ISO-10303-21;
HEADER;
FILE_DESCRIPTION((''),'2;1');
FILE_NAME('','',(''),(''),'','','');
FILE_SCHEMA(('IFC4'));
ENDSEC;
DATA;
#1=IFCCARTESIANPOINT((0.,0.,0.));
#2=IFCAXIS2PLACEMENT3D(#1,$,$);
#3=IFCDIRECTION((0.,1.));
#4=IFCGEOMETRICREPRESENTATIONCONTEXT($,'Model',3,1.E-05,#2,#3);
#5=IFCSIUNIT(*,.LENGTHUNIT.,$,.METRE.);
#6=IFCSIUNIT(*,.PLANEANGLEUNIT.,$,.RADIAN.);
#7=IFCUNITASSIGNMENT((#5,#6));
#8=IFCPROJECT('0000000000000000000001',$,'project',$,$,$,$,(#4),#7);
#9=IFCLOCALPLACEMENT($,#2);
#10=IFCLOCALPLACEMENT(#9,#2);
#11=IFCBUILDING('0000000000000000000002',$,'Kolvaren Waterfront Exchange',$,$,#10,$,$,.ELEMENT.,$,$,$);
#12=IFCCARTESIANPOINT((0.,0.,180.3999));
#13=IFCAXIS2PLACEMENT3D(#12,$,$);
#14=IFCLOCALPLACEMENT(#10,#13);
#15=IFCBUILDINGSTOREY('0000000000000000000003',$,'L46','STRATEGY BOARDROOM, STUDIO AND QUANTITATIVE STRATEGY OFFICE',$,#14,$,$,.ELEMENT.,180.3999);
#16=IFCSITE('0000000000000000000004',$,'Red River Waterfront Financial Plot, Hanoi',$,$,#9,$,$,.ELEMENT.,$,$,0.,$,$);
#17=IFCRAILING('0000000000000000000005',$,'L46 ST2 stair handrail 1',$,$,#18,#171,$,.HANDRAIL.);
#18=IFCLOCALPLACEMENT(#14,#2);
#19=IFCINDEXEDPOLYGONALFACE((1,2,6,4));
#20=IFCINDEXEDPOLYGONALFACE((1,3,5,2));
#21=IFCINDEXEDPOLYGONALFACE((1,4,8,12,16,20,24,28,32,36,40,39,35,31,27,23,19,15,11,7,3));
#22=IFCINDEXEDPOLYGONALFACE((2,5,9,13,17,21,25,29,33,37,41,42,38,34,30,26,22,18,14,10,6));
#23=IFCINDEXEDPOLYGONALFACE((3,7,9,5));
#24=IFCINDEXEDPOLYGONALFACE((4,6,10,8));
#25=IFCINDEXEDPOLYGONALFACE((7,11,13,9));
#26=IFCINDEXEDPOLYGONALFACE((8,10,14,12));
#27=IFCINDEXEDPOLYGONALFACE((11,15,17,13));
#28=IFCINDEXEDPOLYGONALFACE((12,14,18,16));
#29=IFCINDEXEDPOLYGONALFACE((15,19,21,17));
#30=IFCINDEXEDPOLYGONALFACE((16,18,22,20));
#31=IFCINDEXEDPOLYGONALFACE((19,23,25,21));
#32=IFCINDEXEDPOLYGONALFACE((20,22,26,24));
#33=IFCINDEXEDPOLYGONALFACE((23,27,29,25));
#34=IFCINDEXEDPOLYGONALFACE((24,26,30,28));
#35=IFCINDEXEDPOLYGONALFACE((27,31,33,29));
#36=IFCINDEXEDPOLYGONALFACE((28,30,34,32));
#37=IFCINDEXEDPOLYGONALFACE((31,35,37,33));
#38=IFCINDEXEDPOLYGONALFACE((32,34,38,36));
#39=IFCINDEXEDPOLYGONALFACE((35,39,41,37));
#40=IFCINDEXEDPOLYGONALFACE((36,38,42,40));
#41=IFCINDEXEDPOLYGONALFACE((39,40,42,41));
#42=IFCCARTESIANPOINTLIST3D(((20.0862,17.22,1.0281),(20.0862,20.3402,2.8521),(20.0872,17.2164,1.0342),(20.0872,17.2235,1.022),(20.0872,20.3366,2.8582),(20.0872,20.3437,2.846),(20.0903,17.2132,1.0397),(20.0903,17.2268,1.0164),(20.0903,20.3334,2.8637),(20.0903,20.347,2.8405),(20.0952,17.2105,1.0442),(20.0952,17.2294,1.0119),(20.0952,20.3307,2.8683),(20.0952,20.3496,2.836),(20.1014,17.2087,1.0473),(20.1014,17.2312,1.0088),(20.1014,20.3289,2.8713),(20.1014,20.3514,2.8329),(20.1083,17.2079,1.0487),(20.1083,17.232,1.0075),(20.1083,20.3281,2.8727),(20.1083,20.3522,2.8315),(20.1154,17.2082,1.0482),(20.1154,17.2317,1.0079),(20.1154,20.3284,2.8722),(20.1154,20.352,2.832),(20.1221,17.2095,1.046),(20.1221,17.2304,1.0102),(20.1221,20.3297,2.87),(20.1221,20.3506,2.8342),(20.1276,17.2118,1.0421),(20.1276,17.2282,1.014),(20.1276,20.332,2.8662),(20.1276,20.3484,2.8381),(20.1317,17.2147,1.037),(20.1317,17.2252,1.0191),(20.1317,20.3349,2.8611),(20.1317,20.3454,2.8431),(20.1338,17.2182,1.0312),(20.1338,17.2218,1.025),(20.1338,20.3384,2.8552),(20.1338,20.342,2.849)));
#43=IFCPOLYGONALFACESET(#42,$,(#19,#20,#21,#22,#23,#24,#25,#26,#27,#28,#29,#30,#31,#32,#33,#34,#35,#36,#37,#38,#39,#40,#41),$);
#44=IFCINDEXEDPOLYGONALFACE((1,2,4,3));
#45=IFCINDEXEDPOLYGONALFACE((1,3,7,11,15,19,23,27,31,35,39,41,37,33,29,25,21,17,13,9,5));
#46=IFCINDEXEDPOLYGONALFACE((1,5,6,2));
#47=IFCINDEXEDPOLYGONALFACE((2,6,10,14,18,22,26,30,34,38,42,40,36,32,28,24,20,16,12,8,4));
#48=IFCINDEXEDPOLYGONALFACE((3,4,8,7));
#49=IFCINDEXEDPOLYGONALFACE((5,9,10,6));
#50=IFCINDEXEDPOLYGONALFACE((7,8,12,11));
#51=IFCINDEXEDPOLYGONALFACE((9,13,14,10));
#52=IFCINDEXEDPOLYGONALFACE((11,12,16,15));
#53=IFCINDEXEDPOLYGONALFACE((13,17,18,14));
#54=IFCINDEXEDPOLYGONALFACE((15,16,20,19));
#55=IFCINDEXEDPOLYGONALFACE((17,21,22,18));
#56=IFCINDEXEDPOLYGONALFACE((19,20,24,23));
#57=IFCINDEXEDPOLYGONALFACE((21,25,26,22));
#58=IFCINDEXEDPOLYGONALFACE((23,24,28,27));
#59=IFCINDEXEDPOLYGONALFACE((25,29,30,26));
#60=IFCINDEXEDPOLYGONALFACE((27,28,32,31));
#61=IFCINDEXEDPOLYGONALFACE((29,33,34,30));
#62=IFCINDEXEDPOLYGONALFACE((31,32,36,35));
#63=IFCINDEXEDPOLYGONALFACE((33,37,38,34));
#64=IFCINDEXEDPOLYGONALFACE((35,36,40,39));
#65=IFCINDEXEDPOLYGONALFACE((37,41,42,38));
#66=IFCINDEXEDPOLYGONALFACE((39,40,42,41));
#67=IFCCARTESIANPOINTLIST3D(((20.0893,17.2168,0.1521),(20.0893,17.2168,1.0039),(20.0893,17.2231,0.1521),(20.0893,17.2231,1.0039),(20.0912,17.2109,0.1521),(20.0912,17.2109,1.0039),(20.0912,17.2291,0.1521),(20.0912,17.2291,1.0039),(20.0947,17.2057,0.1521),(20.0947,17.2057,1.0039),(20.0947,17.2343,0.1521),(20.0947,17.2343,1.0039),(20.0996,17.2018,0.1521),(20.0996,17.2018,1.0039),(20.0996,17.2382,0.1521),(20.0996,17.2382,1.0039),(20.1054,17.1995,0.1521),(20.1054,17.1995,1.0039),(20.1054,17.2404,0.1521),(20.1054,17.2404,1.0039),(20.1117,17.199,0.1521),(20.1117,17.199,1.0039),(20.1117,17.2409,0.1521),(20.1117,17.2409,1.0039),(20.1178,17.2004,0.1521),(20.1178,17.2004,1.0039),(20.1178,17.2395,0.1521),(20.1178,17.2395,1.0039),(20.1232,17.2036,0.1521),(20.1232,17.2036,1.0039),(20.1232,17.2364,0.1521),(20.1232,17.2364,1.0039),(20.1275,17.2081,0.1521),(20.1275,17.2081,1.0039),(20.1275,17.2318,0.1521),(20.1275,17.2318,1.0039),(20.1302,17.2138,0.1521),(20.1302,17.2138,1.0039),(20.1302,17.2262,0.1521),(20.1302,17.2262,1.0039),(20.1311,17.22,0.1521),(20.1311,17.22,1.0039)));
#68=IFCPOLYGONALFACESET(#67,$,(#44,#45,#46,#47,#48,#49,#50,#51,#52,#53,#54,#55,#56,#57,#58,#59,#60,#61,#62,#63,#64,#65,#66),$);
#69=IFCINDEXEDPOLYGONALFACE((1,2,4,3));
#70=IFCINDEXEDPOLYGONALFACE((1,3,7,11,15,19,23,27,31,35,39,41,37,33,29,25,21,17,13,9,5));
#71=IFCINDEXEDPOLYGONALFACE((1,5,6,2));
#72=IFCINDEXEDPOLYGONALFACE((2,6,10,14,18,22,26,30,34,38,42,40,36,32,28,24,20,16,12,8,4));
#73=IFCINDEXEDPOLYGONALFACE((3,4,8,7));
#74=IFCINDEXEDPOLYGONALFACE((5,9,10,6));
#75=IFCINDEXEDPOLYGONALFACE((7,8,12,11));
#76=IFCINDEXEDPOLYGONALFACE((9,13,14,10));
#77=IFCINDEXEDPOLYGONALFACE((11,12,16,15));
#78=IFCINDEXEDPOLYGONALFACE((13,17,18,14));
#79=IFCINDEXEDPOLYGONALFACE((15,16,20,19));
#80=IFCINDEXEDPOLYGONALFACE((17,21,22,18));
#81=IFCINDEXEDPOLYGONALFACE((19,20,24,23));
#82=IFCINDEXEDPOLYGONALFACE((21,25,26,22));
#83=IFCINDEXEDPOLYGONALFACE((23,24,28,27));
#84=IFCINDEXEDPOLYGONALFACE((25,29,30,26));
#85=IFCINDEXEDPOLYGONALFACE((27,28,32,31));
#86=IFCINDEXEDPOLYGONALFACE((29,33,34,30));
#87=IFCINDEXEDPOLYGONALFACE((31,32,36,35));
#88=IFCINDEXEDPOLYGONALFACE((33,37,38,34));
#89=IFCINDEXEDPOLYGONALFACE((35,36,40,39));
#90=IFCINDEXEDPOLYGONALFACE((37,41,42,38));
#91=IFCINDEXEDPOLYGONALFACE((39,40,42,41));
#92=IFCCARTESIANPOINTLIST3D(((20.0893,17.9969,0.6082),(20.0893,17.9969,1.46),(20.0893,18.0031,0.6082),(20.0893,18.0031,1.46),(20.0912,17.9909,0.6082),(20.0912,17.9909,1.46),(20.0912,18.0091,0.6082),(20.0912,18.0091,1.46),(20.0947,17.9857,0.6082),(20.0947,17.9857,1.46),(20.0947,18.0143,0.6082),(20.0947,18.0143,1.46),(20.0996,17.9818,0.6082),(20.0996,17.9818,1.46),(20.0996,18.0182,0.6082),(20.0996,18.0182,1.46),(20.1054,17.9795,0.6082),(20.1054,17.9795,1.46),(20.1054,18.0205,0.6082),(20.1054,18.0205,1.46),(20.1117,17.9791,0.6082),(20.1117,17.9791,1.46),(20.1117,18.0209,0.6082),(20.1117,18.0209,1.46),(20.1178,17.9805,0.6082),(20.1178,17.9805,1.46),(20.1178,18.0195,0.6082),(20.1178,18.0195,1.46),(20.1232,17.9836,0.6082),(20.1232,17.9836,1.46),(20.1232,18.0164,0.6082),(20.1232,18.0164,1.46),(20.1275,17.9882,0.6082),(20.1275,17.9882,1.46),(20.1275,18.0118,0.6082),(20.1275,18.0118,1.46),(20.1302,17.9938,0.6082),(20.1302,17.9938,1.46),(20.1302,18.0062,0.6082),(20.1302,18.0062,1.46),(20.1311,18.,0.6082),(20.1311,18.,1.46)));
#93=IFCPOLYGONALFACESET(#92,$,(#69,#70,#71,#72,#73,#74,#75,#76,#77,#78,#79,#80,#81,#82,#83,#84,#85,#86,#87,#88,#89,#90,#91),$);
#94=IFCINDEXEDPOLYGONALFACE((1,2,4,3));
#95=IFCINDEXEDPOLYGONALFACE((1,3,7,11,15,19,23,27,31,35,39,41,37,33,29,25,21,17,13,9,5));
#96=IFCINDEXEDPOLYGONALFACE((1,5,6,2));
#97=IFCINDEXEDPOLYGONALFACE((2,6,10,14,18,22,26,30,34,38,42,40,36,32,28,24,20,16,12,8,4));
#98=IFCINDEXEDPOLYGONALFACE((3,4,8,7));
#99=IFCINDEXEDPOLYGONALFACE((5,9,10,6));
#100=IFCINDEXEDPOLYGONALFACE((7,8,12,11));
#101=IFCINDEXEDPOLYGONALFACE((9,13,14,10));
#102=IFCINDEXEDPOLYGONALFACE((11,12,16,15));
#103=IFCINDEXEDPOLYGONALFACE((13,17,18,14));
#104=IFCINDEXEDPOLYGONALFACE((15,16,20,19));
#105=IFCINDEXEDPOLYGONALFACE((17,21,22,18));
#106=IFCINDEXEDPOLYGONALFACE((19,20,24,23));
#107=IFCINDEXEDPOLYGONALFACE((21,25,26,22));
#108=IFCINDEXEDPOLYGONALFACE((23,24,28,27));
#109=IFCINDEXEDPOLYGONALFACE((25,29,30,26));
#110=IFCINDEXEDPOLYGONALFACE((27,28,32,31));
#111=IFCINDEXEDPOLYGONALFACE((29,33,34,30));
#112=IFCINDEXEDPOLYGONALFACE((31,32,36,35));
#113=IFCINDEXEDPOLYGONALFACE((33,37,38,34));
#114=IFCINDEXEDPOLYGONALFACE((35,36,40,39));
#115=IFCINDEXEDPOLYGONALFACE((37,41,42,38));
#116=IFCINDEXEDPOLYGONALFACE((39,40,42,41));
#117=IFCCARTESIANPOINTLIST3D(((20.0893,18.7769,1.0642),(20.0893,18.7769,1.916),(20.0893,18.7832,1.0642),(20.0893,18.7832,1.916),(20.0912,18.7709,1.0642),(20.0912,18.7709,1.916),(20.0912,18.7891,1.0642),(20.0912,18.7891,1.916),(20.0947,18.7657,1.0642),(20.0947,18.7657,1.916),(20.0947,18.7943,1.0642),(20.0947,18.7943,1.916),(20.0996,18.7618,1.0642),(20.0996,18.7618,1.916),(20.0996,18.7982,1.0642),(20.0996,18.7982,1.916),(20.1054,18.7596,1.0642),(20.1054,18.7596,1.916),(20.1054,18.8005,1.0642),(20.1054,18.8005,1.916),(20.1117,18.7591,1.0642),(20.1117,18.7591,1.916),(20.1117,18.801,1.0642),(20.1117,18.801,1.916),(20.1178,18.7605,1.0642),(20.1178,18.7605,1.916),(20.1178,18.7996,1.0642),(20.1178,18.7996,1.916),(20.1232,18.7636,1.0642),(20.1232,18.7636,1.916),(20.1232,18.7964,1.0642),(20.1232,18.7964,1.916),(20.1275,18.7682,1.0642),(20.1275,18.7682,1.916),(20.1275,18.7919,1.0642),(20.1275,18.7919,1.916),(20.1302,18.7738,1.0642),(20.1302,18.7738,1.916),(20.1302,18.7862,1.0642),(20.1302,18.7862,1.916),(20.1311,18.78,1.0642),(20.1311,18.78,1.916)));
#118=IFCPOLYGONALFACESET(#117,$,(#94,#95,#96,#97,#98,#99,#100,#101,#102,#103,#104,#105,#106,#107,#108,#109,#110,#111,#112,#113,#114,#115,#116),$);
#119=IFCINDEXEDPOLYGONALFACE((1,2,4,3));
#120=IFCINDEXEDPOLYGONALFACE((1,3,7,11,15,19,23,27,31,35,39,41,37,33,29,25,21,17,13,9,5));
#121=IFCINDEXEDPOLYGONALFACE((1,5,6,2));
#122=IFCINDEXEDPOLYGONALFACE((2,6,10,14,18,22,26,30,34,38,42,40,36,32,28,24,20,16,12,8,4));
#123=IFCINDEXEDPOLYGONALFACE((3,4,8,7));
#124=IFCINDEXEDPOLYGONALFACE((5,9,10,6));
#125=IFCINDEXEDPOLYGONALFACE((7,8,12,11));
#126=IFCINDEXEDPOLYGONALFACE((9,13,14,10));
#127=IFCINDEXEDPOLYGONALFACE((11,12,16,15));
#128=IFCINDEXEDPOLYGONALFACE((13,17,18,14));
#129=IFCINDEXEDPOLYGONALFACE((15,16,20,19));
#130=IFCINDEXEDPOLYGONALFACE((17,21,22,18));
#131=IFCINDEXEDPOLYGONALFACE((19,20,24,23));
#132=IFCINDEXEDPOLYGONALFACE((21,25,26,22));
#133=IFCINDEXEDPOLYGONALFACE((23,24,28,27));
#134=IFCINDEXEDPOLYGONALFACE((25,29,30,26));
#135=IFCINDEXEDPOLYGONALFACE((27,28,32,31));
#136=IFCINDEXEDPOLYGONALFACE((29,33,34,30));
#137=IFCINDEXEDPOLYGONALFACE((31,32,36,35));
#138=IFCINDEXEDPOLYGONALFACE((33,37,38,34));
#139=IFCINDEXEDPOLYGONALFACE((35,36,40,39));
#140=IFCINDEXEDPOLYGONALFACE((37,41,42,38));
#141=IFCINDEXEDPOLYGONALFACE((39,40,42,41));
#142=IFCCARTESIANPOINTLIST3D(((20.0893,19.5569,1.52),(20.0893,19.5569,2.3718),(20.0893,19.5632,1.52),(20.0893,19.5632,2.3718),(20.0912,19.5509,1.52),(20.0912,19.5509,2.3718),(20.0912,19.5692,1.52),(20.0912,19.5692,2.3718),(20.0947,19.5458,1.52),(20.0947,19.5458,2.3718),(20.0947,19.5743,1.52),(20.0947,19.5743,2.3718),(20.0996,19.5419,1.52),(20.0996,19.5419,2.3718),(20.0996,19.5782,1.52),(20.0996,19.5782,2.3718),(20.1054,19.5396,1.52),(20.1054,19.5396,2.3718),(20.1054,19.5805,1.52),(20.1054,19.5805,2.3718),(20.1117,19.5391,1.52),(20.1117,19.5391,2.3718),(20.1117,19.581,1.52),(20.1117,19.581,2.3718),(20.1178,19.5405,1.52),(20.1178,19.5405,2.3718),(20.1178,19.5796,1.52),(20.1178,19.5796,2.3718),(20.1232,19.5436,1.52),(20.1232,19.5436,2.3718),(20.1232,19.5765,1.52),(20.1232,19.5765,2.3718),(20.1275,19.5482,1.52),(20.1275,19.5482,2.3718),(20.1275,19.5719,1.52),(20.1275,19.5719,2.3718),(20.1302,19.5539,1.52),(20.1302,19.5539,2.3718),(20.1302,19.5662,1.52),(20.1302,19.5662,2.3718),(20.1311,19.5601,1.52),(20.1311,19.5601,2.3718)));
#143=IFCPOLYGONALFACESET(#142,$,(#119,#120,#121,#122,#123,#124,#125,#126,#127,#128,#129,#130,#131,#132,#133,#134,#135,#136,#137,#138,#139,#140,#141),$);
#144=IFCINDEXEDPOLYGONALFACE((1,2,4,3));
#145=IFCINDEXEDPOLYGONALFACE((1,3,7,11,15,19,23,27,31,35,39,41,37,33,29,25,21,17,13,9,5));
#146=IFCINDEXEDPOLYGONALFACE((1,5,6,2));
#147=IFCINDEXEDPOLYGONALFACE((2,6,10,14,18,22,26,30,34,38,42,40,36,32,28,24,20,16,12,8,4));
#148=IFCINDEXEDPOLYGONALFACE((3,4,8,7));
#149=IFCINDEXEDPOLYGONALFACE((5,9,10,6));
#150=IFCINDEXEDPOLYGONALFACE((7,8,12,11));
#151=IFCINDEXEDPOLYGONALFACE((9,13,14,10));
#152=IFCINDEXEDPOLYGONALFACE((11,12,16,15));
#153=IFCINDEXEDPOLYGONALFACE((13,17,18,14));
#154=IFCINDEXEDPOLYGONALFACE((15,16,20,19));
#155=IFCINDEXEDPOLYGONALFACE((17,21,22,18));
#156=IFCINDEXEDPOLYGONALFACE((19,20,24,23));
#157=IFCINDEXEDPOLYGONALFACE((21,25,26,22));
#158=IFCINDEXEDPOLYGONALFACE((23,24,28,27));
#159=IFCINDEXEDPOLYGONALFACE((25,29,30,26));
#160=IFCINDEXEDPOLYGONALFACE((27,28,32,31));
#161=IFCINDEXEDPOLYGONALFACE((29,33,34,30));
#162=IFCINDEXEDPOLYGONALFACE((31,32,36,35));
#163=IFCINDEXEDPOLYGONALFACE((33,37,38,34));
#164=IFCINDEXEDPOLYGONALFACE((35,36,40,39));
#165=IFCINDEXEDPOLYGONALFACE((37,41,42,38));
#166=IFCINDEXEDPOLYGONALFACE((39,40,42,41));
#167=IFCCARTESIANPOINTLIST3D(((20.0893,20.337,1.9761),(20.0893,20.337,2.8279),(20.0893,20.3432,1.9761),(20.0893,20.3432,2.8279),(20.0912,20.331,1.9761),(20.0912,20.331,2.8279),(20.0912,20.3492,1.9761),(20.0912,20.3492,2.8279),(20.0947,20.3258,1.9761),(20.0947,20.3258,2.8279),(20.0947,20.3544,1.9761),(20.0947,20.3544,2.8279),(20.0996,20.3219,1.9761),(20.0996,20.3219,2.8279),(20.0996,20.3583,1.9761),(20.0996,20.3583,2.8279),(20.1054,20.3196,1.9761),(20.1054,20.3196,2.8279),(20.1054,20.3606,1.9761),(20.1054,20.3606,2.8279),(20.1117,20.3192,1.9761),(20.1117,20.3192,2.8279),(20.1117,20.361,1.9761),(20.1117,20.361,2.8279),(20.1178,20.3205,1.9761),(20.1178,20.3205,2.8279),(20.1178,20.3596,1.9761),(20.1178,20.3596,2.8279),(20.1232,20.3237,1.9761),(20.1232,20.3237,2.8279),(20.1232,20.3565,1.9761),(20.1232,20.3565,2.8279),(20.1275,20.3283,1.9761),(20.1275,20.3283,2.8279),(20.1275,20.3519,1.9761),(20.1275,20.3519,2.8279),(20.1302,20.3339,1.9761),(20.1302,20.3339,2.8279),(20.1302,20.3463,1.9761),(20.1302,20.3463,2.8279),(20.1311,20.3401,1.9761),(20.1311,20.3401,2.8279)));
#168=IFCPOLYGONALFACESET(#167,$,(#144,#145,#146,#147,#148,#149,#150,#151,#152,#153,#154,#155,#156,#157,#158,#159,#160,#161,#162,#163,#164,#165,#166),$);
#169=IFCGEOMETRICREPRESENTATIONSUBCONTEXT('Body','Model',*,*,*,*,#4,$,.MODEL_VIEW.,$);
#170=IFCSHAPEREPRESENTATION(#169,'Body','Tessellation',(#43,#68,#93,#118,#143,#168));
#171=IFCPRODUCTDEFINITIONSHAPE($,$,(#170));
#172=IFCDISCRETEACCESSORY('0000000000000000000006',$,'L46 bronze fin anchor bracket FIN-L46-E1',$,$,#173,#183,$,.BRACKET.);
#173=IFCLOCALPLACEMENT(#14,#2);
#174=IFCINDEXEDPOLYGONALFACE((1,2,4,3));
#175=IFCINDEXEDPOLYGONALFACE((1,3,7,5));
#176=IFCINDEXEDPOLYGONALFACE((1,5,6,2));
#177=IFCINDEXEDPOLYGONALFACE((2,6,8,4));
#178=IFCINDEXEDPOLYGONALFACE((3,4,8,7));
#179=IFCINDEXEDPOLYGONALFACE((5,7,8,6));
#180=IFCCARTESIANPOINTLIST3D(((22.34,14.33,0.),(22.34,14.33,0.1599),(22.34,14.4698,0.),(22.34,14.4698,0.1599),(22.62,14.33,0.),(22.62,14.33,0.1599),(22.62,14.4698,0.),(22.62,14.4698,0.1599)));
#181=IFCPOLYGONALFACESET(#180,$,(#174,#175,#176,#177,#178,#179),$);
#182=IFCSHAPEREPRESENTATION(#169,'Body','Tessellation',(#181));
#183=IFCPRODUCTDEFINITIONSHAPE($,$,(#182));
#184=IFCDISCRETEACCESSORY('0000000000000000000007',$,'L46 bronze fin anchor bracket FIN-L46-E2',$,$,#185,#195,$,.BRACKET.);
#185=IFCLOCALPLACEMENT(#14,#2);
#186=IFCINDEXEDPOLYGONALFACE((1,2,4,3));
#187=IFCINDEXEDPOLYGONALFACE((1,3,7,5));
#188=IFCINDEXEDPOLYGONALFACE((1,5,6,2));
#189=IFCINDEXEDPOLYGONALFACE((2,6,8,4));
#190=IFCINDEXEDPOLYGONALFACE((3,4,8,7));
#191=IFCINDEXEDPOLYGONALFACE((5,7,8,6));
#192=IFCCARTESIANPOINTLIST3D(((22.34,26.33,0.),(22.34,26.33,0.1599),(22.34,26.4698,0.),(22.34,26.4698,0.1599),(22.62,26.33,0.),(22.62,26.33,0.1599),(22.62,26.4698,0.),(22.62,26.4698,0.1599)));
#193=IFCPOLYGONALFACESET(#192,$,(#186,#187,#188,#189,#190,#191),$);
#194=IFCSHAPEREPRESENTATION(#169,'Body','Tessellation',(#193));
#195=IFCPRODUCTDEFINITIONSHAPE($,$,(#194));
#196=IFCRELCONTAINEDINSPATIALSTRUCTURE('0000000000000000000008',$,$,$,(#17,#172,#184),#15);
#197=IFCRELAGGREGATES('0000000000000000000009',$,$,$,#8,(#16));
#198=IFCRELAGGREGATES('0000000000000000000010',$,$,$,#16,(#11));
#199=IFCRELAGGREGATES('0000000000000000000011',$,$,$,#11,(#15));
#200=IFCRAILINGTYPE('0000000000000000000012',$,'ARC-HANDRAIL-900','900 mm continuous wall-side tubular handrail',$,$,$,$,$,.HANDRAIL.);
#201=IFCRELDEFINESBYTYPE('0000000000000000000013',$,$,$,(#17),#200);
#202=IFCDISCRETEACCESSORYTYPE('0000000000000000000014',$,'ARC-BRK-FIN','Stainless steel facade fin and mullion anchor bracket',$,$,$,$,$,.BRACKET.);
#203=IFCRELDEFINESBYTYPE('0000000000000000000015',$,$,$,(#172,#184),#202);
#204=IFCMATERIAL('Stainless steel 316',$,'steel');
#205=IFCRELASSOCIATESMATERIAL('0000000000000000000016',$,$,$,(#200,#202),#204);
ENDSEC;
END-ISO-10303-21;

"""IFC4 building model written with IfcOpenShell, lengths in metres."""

from ifc_helpers import new_model, si_unit, direction, frame, origin, origin_with_axes, origin_2d, place, context, subcontext, project, spatial, rectangle, circle, extrude, source, transform, mapped, material, type_object, element, save


model = new_model("IFC4")

# Units and contexts
model_context = context("Model", 3, precision=1e-05, world=origin(), true_north=direction((0.0, 1.0)))
body_context = subcontext(model_context, "Body", "Model", "MODEL_VIEW")
ifc_project = project(units=[si_unit("LENGTHUNIT", "METRE"), si_unit("PLANEANGLEUNIT", "RADIAN")], contexts=[model_context])

# Site, building, storey
site_placement = place(None, origin())
site = spatial("IfcSite", under=ifc_project, at=site_placement, Name="Red River Waterfront Financial Plot, Hanoi", CompositionType="ELEMENT", RefElevation=0.0)
building_placement = place(site_placement, origin())
building = spatial("IfcBuilding", under=site, at=building_placement, Name="Kolvaren Waterfront Exchange", CompositionType="ELEMENT")
storey_placement = place(building_placement, frame((0.0, 0.0, 180.3999)))
storey = spatial("IfcBuildingStorey", under=building, at=storey_placement, Name="L46", Description="STRATEGY BOARDROOM, STUDIO AND QUANTITATIVE STRATEGY OFFICE", CompositionType="ELEMENT", Elevation=180.3999)

# Railing
ifc_material_1 = material(Name="Stainless steel 316", Category="steel")
railing_type = type_object("IfcRailingType", Name="ARC-HANDRAIL-900", Description="900 mm continuous wall-side tubular handrail", PredefinedType="HANDRAIL", material=ifc_material_1)
railing_placement = place(storey_placement, frame((20.1101, 17.22, 0.1521)))
element("IfcRailing", 1, at=railing_placement, inside=storey, type_object=railing_type, Name="L46 ST2 stair handrail 1", PredefinedType="HANDRAIL", context=body_context, shape_type="SweptSolid", body=[
    extrude(circle(Radius=0.0239, at=origin_2d()), frame((0.0, 0.0, 0.876), z_axis=(0.0, 0.863308, 0.504677), x_axis=(-1.0, 0.0, 0.0)), (0.0, 0.0, 1.0), 3.6143),
    extrude(circle(Radius=0.021, at=origin_2d()), origin(), (0.0, 0.0, 1.0), 0.8518),
    extrude(circle(Radius=0.021, at=origin_2d()), frame((0.0, 0.78, 0.4561)), (0.0, 0.0, 1.0), 0.8518),
    extrude(circle(Radius=0.021, at=origin_2d()), frame((0.0, 1.5601, 0.9121)), (0.0, 0.0, 1.0), 0.8518),
    extrude(circle(Radius=0.021, at=origin_2d()), frame((0.0, 2.3401, 1.3679)), (0.0, 0.0, 1.0), 0.8518),
    extrude(circle(Radius=0.021, at=origin_2d()), frame((0.0, 3.1201, 1.824)), (0.0, 0.0, 1.0), 0.8518),
])

# Discrete accessories
discrete_accessory_type = type_object("IfcDiscreteAccessoryType", Name="ARC-BRK-FIN", Description="Stainless steel facade fin and mullion anchor bracket", PredefinedType="BRACKET", material=ifc_material_1)
shared_shape_1 = source(origin_with_axes(), body_context, "Body", "SweptSolid", [
    extrude(rectangle(XDim=0.28, YDim=0.1399, at=origin_2d()), origin(), (0.0, 0.0, 1.0), 0.1599),
])
for number, where, z_axis, x_axis, name in (
    (2, (22.48, 14.3999, 0.0), (0.0, 0.0, 1.0), (1.0, 0.0, 0.0), "L46 bronze fin anchor bracket FIN-L46-E1"),
    (3, (22.48, 26.3999, 0.0), (0.0, 0.0, 1.0), (1.0, 0.0, 0.0), "L46 bronze fin anchor bracket FIN-L46-E2"),
):
    element("IfcDiscreteAccessory", number, at=place(storey_placement, frame(where, z_axis=z_axis, x_axis=x_axis)), inside=storey, type_object=discrete_accessory_type, Name=name, PredefinedType="BRACKET", context=body_context, shape_type="MappedRepresentation", body=[
        mapped(shared_shape_1, transform((0.0, 0.0, 0.0), x_axis=(1.0, 0.0, 0.0), y_axis=(0.0, 1.0, 0.0), z_axis=(0.0, 0.0, 1.0), scale=1.0)),
    ])

save(model, "model.ifc")
